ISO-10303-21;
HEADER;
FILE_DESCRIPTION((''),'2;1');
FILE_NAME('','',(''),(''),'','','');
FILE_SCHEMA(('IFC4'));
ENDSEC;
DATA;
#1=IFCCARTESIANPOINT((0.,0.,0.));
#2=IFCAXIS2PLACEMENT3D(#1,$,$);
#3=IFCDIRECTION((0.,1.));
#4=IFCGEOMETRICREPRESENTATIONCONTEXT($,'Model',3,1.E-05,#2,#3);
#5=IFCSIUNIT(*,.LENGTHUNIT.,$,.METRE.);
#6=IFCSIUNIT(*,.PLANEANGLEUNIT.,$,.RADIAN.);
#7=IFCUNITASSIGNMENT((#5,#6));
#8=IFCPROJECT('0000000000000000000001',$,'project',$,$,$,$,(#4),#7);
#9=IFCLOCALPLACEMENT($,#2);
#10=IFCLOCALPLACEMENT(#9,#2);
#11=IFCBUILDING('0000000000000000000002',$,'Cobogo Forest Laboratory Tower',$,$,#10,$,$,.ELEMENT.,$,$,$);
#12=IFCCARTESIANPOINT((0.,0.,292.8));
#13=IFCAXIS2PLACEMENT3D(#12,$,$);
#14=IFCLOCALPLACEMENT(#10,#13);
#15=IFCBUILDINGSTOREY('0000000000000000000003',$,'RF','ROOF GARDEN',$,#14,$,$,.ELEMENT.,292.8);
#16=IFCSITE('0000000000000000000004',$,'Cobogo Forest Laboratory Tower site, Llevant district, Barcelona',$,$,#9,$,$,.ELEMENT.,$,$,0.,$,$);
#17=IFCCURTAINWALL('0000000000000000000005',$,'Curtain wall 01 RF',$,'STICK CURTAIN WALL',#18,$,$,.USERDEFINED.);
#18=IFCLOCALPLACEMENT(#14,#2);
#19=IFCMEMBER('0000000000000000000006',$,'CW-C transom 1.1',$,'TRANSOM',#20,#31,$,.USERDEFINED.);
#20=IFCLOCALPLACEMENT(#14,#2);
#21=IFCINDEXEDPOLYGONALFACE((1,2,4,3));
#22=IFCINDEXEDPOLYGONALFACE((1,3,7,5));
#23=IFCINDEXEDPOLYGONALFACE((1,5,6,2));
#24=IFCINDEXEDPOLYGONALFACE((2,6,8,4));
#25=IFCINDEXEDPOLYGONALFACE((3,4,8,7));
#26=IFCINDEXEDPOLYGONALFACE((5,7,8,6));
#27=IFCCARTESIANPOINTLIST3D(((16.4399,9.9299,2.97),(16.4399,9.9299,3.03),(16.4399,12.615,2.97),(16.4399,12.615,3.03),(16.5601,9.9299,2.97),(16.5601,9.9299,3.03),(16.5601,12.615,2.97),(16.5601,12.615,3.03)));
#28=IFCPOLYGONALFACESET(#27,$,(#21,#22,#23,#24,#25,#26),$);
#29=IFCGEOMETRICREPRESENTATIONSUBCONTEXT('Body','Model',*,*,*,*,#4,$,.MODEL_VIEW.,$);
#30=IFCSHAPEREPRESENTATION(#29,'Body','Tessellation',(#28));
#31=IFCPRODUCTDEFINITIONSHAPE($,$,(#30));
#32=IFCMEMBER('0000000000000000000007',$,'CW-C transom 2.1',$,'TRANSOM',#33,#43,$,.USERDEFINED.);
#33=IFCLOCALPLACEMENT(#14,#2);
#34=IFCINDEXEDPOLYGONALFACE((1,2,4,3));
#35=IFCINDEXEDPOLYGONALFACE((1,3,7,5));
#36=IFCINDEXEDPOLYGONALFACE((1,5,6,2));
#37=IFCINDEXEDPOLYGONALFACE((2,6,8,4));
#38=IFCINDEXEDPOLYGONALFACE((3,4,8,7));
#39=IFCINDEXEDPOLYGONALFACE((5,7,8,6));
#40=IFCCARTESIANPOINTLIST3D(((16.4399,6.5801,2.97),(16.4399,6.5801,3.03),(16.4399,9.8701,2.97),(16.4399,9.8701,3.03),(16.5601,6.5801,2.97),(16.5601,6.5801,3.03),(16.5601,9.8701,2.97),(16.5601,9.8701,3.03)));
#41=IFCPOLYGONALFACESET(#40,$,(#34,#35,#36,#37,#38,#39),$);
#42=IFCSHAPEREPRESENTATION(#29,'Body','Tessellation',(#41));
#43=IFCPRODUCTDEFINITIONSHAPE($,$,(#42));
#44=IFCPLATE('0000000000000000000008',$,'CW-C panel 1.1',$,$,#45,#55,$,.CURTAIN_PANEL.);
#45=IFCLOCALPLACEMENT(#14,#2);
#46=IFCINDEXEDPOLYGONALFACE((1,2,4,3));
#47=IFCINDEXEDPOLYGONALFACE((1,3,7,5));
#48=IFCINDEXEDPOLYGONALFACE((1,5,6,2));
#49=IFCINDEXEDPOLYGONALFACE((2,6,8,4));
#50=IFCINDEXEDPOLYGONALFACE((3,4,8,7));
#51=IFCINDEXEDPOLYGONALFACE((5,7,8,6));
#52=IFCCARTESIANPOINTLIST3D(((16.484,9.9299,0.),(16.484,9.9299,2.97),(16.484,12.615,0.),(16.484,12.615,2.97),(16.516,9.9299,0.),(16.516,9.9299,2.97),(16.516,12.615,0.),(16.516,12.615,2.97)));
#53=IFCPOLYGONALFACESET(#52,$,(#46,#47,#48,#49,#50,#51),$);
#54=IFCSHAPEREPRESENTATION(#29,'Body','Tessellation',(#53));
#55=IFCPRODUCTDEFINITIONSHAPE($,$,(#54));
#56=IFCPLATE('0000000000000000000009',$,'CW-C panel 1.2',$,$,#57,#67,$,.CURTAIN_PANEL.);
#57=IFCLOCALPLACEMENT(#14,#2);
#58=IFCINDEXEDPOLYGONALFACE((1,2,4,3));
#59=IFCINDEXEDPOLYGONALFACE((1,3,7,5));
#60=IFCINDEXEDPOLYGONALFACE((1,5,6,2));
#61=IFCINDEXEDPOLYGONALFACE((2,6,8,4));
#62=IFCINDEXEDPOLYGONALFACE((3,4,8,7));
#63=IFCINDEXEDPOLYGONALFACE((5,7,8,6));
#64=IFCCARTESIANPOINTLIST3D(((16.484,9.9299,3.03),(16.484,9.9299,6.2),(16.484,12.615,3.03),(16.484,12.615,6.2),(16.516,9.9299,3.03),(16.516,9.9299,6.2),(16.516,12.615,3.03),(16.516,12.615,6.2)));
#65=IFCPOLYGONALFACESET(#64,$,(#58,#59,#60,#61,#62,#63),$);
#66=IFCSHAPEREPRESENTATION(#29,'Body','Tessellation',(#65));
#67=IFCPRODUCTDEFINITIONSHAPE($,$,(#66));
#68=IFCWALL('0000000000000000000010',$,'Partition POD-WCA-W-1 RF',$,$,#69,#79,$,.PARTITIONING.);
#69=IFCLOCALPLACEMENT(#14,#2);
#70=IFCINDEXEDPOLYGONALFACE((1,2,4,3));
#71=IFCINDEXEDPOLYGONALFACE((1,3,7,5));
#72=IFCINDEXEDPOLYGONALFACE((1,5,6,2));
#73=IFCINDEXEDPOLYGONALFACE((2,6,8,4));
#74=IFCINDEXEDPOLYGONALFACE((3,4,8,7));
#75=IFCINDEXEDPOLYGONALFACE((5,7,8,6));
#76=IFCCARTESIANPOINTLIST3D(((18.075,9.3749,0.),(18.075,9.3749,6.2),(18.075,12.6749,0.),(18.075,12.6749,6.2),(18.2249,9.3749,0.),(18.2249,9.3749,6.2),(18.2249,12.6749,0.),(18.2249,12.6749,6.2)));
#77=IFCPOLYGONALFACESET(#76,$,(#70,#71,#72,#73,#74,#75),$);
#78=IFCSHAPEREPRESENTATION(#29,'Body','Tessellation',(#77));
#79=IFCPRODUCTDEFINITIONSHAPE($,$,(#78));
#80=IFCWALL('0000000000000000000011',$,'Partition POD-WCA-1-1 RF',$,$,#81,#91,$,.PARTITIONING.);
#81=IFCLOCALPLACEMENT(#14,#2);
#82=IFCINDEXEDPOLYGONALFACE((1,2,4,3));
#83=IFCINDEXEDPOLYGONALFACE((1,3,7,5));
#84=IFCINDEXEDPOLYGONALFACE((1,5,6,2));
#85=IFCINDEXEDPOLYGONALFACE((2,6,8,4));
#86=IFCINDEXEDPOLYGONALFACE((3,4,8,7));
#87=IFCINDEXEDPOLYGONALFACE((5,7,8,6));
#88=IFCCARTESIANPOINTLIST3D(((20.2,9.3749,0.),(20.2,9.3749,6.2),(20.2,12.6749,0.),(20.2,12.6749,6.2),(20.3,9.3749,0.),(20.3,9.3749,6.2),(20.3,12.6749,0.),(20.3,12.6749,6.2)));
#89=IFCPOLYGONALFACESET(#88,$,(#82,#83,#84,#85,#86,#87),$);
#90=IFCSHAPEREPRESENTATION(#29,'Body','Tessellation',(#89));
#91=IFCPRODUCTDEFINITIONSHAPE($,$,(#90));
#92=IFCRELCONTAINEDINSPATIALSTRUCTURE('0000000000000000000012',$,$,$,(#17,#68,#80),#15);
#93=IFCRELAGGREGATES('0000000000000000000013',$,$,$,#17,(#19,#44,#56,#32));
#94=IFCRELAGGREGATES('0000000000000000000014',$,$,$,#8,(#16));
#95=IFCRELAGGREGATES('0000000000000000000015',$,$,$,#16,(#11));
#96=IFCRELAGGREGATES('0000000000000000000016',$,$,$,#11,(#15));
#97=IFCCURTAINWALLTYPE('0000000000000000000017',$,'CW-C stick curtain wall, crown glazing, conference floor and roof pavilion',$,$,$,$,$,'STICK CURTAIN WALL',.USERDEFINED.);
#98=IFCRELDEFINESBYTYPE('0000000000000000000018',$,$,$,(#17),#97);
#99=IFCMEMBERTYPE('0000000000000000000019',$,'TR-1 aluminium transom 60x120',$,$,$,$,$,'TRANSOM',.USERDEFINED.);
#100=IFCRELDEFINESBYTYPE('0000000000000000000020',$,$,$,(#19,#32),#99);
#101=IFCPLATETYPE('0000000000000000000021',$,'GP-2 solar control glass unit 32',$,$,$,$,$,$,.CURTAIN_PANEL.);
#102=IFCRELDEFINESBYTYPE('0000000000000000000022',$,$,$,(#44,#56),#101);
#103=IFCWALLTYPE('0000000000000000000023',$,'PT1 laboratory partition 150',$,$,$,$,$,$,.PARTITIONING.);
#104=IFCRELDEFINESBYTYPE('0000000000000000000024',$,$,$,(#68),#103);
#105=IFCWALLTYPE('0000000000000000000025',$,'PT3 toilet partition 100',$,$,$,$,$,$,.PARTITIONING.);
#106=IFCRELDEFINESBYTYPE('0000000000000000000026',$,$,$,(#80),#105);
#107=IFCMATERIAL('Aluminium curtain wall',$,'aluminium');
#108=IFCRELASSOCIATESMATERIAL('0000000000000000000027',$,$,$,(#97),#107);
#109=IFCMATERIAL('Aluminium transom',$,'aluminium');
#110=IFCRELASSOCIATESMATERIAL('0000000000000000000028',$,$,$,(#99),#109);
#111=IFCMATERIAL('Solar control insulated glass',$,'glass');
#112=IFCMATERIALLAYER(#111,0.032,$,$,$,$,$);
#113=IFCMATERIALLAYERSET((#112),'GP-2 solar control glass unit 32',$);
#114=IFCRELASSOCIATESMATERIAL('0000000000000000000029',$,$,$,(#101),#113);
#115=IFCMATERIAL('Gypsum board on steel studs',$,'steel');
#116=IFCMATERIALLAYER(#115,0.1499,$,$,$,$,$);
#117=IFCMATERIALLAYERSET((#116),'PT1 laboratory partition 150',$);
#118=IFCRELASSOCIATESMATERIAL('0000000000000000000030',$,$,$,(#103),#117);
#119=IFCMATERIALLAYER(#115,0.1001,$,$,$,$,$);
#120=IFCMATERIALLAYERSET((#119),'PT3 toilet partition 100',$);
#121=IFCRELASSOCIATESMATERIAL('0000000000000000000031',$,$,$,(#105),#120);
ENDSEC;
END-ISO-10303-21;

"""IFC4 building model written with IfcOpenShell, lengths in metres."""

from ifc_helpers import new_model, si_unit, direction, frame, frame_2d, origin, origin_2d, place, context, subcontext, project, spatial, rectangle, extrude, material, layer, layer_set, material_profile, profile_set, type_object, element, aggregate, save


model = new_model("IFC4")

# Units and contexts
model_context = context("Model", 3, precision=1e-05, world=origin(), true_north=direction((0.0, 1.0)))
body_context = subcontext(model_context, "Body", "Model", "MODEL_VIEW")
ifc_project = project(units=[si_unit("LENGTHUNIT", "METRE"), si_unit("PLANEANGLEUNIT", "RADIAN")], contexts=[model_context])

# Site, building, storey
site_placement = place(None, origin())
site = spatial("IfcSite", under=ifc_project, at=site_placement, Name="Cobogo Forest Laboratory Tower site, Llevant district, Barcelona", CompositionType="ELEMENT", RefElevation=0.0)
building_placement = place(site_placement, origin())
building = spatial("IfcBuilding", under=site, at=building_placement, Name="Cobogo Forest Laboratory Tower", CompositionType="ELEMENT")
storey_placement = place(building_placement, frame((0.0, 0.0, 292.8)))
storey = spatial("IfcBuildingStorey", under=building, at=storey_placement, Name="RF", Description="ROOF GARDEN", CompositionType="ELEMENT", Elevation=292.8)

# Curtain wall
ifc_material_1 = material(Name="Aluminium curtain wall", Category="aluminium")
curtain_wall_type = type_object("IfcCurtainWallType", Name="CW-C stick curtain wall, crown glazing, conference floor and roof pavilion", ElementType="STICK CURTAIN WALL", PredefinedType="USERDEFINED", material=ifc_material_1)
curtain_wall_placement = place(storey_placement, origin())
curtain_wall = element("IfcCurtainWall", 1, at=curtain_wall_placement, inside=storey, type_object=curtain_wall_type, Name="Curtain wall 01 RF", ObjectType="STICK CURTAIN WALL", PredefinedType="USERDEFINED")

# Members
ifc_material_2 = material(Name="Aluminium transom", Category="aluminium")
ifc_material_profile_1 = material_profile(ifc_material_2, rectangle(XDim=0.1201, YDim=0.0601, at=origin_2d()), Name="AL 60x120")
ifc_profile_set_1 = profile_set([ifc_material_profile_1], Name="Aluminium transom")
member_type_1 = type_object("IfcMemberType", Name="TR-1 aluminium transom 60x120", ElementType="TRANSOM", PredefinedType="USERDEFINED", material=ifc_profile_set_1)
member_1_placement = place(storey_placement, frame((16.5, 12.615, 3.0), z_axis=(0.0, -1.0, 0.0), x_axis=(1.0, 0.0, 0.0)))
member_1 = element("IfcMember", 2, at=member_1_placement, type_object=member_type_1, Name="CW-C transom 1.1", ObjectType="TRANSOM", PredefinedType="USERDEFINED", context=body_context, shape_type="SweptSolid", body=[
    extrude(rectangle(XDim=0.1201, YDim=0.0601, at=origin_2d()), origin(), (0.0, 0.0, 1.0), 2.6851),
])
member_2_placement = place(storey_placement, frame((16.5, 9.8701, 3.0), z_axis=(0.0, -1.0, 0.0), x_axis=(1.0, 0.0, 0.0)))
member_2 = element("IfcMember", 3, at=member_2_placement, type_object=member_type_1, Name="CW-C transom 2.1", ObjectType="TRANSOM", PredefinedType="USERDEFINED", context=body_context, shape_type="SweptSolid", body=[
    extrude(rectangle(XDim=0.1201, YDim=0.0601, at=origin_2d()), origin(), (0.0, 0.0, 1.0), 3.29),
])

# Plates
ifc_material_3 = material(Name="Solar control insulated glass", Category="glass")
ifc_layer_1 = layer(ifc_material_3, 0.032)
ifc_layer_set_1 = layer_set([ifc_layer_1], Name="GP-2 solar control glass unit 32")
plate_type = type_object("IfcPlateType", Name="GP-2 solar control glass unit 32", PredefinedType="CURTAIN_PANEL", material=ifc_layer_set_1)
plate_1_placement = place(storey_placement, frame((16.5, 11.2725, 0.0), z_axis=(0.0, 0.0, 1.0), x_axis=(0.0, -1.0, 0.0)))
plate_1 = element("IfcPlate", 4, at=plate_1_placement, type_object=plate_type, Name="CW-C panel 1.1", PredefinedType="CURTAIN_PANEL", context=body_context, shape_type="SweptSolid", body=[
    extrude(rectangle(XDim=2.6851, YDim=0.032, at=origin_2d()), origin(), (0.0, 0.0, 1.0), 2.97),
])
plate_2_placement = place(storey_placement, frame((16.5, 11.2725, 3.03), z_axis=(0.0, 0.0, 1.0), x_axis=(0.0, -1.0, 0.0)))
plate_2 = element("IfcPlate", 5, at=plate_2_placement, type_object=plate_type, Name="CW-C panel 1.2", PredefinedType="CURTAIN_PANEL", context=body_context, shape_type="SweptSolid", body=[
    extrude(rectangle(XDim=2.6851, YDim=0.032, at=origin_2d()), origin(), (0.0, 0.0, 1.0), 3.1699),
])
aggregate(curtain_wall, [member_1, plate_1, plate_2, member_2])

# Walls
ifc_material_4 = material(Name="Gypsum board on steel studs", Category="steel")
ifc_layer_2 = layer(ifc_material_4, 0.1499)
ifc_layer_set_2 = layer_set([ifc_layer_2], Name="PT1 laboratory partition 150")
wall_type_1 = type_object("IfcWallType", Name="PT1 laboratory partition 150", PredefinedType="PARTITIONING", material=ifc_layer_set_2)
wall_1_placement = place(storey_placement, frame((18.1499, 9.375, 0.0), z_axis=(0.0, 0.0, 1.0), x_axis=(0.0, 1.0, 0.0)))
element("IfcWall", 6, at=wall_1_placement, inside=storey, type_object=wall_type_1, Name="Partition POD-WCA-W-1 RF", PredefinedType="PARTITIONING", context=body_context, shape_type="SweptSolid", body=[
    extrude(rectangle(XDim=3.3, YDim=0.1499, at=frame_2d((1.6499, 0.0))), origin(), (0.0, 0.0, 1.0), 6.2),
])
ifc_layer_3 = layer(ifc_material_4, 0.1001)
ifc_layer_set_3 = layer_set([ifc_layer_3], Name="PT3 toilet partition 100")
wall_type_2 = type_object("IfcWallType", Name="PT3 toilet partition 100", PredefinedType="PARTITIONING", material=ifc_layer_set_3)
wall_2_placement = place(storey_placement, frame((20.25, 9.375, 0.0), z_axis=(0.0, 0.0, 1.0), x_axis=(0.0, 1.0, 0.0)))
element("IfcWall", 7, at=wall_2_placement, inside=storey, type_object=wall_type_2, Name="Partition POD-WCA-1-1 RF", PredefinedType="PARTITIONING", context=body_context, shape_type="SweptSolid", body=[
    extrude(rectangle(XDim=3.3, YDim=0.1001, at=frame_2d((1.6499, 0.0))), origin(), (0.0, 0.0, 1.0), 6.2),
])

save(model, "model.ifc")
